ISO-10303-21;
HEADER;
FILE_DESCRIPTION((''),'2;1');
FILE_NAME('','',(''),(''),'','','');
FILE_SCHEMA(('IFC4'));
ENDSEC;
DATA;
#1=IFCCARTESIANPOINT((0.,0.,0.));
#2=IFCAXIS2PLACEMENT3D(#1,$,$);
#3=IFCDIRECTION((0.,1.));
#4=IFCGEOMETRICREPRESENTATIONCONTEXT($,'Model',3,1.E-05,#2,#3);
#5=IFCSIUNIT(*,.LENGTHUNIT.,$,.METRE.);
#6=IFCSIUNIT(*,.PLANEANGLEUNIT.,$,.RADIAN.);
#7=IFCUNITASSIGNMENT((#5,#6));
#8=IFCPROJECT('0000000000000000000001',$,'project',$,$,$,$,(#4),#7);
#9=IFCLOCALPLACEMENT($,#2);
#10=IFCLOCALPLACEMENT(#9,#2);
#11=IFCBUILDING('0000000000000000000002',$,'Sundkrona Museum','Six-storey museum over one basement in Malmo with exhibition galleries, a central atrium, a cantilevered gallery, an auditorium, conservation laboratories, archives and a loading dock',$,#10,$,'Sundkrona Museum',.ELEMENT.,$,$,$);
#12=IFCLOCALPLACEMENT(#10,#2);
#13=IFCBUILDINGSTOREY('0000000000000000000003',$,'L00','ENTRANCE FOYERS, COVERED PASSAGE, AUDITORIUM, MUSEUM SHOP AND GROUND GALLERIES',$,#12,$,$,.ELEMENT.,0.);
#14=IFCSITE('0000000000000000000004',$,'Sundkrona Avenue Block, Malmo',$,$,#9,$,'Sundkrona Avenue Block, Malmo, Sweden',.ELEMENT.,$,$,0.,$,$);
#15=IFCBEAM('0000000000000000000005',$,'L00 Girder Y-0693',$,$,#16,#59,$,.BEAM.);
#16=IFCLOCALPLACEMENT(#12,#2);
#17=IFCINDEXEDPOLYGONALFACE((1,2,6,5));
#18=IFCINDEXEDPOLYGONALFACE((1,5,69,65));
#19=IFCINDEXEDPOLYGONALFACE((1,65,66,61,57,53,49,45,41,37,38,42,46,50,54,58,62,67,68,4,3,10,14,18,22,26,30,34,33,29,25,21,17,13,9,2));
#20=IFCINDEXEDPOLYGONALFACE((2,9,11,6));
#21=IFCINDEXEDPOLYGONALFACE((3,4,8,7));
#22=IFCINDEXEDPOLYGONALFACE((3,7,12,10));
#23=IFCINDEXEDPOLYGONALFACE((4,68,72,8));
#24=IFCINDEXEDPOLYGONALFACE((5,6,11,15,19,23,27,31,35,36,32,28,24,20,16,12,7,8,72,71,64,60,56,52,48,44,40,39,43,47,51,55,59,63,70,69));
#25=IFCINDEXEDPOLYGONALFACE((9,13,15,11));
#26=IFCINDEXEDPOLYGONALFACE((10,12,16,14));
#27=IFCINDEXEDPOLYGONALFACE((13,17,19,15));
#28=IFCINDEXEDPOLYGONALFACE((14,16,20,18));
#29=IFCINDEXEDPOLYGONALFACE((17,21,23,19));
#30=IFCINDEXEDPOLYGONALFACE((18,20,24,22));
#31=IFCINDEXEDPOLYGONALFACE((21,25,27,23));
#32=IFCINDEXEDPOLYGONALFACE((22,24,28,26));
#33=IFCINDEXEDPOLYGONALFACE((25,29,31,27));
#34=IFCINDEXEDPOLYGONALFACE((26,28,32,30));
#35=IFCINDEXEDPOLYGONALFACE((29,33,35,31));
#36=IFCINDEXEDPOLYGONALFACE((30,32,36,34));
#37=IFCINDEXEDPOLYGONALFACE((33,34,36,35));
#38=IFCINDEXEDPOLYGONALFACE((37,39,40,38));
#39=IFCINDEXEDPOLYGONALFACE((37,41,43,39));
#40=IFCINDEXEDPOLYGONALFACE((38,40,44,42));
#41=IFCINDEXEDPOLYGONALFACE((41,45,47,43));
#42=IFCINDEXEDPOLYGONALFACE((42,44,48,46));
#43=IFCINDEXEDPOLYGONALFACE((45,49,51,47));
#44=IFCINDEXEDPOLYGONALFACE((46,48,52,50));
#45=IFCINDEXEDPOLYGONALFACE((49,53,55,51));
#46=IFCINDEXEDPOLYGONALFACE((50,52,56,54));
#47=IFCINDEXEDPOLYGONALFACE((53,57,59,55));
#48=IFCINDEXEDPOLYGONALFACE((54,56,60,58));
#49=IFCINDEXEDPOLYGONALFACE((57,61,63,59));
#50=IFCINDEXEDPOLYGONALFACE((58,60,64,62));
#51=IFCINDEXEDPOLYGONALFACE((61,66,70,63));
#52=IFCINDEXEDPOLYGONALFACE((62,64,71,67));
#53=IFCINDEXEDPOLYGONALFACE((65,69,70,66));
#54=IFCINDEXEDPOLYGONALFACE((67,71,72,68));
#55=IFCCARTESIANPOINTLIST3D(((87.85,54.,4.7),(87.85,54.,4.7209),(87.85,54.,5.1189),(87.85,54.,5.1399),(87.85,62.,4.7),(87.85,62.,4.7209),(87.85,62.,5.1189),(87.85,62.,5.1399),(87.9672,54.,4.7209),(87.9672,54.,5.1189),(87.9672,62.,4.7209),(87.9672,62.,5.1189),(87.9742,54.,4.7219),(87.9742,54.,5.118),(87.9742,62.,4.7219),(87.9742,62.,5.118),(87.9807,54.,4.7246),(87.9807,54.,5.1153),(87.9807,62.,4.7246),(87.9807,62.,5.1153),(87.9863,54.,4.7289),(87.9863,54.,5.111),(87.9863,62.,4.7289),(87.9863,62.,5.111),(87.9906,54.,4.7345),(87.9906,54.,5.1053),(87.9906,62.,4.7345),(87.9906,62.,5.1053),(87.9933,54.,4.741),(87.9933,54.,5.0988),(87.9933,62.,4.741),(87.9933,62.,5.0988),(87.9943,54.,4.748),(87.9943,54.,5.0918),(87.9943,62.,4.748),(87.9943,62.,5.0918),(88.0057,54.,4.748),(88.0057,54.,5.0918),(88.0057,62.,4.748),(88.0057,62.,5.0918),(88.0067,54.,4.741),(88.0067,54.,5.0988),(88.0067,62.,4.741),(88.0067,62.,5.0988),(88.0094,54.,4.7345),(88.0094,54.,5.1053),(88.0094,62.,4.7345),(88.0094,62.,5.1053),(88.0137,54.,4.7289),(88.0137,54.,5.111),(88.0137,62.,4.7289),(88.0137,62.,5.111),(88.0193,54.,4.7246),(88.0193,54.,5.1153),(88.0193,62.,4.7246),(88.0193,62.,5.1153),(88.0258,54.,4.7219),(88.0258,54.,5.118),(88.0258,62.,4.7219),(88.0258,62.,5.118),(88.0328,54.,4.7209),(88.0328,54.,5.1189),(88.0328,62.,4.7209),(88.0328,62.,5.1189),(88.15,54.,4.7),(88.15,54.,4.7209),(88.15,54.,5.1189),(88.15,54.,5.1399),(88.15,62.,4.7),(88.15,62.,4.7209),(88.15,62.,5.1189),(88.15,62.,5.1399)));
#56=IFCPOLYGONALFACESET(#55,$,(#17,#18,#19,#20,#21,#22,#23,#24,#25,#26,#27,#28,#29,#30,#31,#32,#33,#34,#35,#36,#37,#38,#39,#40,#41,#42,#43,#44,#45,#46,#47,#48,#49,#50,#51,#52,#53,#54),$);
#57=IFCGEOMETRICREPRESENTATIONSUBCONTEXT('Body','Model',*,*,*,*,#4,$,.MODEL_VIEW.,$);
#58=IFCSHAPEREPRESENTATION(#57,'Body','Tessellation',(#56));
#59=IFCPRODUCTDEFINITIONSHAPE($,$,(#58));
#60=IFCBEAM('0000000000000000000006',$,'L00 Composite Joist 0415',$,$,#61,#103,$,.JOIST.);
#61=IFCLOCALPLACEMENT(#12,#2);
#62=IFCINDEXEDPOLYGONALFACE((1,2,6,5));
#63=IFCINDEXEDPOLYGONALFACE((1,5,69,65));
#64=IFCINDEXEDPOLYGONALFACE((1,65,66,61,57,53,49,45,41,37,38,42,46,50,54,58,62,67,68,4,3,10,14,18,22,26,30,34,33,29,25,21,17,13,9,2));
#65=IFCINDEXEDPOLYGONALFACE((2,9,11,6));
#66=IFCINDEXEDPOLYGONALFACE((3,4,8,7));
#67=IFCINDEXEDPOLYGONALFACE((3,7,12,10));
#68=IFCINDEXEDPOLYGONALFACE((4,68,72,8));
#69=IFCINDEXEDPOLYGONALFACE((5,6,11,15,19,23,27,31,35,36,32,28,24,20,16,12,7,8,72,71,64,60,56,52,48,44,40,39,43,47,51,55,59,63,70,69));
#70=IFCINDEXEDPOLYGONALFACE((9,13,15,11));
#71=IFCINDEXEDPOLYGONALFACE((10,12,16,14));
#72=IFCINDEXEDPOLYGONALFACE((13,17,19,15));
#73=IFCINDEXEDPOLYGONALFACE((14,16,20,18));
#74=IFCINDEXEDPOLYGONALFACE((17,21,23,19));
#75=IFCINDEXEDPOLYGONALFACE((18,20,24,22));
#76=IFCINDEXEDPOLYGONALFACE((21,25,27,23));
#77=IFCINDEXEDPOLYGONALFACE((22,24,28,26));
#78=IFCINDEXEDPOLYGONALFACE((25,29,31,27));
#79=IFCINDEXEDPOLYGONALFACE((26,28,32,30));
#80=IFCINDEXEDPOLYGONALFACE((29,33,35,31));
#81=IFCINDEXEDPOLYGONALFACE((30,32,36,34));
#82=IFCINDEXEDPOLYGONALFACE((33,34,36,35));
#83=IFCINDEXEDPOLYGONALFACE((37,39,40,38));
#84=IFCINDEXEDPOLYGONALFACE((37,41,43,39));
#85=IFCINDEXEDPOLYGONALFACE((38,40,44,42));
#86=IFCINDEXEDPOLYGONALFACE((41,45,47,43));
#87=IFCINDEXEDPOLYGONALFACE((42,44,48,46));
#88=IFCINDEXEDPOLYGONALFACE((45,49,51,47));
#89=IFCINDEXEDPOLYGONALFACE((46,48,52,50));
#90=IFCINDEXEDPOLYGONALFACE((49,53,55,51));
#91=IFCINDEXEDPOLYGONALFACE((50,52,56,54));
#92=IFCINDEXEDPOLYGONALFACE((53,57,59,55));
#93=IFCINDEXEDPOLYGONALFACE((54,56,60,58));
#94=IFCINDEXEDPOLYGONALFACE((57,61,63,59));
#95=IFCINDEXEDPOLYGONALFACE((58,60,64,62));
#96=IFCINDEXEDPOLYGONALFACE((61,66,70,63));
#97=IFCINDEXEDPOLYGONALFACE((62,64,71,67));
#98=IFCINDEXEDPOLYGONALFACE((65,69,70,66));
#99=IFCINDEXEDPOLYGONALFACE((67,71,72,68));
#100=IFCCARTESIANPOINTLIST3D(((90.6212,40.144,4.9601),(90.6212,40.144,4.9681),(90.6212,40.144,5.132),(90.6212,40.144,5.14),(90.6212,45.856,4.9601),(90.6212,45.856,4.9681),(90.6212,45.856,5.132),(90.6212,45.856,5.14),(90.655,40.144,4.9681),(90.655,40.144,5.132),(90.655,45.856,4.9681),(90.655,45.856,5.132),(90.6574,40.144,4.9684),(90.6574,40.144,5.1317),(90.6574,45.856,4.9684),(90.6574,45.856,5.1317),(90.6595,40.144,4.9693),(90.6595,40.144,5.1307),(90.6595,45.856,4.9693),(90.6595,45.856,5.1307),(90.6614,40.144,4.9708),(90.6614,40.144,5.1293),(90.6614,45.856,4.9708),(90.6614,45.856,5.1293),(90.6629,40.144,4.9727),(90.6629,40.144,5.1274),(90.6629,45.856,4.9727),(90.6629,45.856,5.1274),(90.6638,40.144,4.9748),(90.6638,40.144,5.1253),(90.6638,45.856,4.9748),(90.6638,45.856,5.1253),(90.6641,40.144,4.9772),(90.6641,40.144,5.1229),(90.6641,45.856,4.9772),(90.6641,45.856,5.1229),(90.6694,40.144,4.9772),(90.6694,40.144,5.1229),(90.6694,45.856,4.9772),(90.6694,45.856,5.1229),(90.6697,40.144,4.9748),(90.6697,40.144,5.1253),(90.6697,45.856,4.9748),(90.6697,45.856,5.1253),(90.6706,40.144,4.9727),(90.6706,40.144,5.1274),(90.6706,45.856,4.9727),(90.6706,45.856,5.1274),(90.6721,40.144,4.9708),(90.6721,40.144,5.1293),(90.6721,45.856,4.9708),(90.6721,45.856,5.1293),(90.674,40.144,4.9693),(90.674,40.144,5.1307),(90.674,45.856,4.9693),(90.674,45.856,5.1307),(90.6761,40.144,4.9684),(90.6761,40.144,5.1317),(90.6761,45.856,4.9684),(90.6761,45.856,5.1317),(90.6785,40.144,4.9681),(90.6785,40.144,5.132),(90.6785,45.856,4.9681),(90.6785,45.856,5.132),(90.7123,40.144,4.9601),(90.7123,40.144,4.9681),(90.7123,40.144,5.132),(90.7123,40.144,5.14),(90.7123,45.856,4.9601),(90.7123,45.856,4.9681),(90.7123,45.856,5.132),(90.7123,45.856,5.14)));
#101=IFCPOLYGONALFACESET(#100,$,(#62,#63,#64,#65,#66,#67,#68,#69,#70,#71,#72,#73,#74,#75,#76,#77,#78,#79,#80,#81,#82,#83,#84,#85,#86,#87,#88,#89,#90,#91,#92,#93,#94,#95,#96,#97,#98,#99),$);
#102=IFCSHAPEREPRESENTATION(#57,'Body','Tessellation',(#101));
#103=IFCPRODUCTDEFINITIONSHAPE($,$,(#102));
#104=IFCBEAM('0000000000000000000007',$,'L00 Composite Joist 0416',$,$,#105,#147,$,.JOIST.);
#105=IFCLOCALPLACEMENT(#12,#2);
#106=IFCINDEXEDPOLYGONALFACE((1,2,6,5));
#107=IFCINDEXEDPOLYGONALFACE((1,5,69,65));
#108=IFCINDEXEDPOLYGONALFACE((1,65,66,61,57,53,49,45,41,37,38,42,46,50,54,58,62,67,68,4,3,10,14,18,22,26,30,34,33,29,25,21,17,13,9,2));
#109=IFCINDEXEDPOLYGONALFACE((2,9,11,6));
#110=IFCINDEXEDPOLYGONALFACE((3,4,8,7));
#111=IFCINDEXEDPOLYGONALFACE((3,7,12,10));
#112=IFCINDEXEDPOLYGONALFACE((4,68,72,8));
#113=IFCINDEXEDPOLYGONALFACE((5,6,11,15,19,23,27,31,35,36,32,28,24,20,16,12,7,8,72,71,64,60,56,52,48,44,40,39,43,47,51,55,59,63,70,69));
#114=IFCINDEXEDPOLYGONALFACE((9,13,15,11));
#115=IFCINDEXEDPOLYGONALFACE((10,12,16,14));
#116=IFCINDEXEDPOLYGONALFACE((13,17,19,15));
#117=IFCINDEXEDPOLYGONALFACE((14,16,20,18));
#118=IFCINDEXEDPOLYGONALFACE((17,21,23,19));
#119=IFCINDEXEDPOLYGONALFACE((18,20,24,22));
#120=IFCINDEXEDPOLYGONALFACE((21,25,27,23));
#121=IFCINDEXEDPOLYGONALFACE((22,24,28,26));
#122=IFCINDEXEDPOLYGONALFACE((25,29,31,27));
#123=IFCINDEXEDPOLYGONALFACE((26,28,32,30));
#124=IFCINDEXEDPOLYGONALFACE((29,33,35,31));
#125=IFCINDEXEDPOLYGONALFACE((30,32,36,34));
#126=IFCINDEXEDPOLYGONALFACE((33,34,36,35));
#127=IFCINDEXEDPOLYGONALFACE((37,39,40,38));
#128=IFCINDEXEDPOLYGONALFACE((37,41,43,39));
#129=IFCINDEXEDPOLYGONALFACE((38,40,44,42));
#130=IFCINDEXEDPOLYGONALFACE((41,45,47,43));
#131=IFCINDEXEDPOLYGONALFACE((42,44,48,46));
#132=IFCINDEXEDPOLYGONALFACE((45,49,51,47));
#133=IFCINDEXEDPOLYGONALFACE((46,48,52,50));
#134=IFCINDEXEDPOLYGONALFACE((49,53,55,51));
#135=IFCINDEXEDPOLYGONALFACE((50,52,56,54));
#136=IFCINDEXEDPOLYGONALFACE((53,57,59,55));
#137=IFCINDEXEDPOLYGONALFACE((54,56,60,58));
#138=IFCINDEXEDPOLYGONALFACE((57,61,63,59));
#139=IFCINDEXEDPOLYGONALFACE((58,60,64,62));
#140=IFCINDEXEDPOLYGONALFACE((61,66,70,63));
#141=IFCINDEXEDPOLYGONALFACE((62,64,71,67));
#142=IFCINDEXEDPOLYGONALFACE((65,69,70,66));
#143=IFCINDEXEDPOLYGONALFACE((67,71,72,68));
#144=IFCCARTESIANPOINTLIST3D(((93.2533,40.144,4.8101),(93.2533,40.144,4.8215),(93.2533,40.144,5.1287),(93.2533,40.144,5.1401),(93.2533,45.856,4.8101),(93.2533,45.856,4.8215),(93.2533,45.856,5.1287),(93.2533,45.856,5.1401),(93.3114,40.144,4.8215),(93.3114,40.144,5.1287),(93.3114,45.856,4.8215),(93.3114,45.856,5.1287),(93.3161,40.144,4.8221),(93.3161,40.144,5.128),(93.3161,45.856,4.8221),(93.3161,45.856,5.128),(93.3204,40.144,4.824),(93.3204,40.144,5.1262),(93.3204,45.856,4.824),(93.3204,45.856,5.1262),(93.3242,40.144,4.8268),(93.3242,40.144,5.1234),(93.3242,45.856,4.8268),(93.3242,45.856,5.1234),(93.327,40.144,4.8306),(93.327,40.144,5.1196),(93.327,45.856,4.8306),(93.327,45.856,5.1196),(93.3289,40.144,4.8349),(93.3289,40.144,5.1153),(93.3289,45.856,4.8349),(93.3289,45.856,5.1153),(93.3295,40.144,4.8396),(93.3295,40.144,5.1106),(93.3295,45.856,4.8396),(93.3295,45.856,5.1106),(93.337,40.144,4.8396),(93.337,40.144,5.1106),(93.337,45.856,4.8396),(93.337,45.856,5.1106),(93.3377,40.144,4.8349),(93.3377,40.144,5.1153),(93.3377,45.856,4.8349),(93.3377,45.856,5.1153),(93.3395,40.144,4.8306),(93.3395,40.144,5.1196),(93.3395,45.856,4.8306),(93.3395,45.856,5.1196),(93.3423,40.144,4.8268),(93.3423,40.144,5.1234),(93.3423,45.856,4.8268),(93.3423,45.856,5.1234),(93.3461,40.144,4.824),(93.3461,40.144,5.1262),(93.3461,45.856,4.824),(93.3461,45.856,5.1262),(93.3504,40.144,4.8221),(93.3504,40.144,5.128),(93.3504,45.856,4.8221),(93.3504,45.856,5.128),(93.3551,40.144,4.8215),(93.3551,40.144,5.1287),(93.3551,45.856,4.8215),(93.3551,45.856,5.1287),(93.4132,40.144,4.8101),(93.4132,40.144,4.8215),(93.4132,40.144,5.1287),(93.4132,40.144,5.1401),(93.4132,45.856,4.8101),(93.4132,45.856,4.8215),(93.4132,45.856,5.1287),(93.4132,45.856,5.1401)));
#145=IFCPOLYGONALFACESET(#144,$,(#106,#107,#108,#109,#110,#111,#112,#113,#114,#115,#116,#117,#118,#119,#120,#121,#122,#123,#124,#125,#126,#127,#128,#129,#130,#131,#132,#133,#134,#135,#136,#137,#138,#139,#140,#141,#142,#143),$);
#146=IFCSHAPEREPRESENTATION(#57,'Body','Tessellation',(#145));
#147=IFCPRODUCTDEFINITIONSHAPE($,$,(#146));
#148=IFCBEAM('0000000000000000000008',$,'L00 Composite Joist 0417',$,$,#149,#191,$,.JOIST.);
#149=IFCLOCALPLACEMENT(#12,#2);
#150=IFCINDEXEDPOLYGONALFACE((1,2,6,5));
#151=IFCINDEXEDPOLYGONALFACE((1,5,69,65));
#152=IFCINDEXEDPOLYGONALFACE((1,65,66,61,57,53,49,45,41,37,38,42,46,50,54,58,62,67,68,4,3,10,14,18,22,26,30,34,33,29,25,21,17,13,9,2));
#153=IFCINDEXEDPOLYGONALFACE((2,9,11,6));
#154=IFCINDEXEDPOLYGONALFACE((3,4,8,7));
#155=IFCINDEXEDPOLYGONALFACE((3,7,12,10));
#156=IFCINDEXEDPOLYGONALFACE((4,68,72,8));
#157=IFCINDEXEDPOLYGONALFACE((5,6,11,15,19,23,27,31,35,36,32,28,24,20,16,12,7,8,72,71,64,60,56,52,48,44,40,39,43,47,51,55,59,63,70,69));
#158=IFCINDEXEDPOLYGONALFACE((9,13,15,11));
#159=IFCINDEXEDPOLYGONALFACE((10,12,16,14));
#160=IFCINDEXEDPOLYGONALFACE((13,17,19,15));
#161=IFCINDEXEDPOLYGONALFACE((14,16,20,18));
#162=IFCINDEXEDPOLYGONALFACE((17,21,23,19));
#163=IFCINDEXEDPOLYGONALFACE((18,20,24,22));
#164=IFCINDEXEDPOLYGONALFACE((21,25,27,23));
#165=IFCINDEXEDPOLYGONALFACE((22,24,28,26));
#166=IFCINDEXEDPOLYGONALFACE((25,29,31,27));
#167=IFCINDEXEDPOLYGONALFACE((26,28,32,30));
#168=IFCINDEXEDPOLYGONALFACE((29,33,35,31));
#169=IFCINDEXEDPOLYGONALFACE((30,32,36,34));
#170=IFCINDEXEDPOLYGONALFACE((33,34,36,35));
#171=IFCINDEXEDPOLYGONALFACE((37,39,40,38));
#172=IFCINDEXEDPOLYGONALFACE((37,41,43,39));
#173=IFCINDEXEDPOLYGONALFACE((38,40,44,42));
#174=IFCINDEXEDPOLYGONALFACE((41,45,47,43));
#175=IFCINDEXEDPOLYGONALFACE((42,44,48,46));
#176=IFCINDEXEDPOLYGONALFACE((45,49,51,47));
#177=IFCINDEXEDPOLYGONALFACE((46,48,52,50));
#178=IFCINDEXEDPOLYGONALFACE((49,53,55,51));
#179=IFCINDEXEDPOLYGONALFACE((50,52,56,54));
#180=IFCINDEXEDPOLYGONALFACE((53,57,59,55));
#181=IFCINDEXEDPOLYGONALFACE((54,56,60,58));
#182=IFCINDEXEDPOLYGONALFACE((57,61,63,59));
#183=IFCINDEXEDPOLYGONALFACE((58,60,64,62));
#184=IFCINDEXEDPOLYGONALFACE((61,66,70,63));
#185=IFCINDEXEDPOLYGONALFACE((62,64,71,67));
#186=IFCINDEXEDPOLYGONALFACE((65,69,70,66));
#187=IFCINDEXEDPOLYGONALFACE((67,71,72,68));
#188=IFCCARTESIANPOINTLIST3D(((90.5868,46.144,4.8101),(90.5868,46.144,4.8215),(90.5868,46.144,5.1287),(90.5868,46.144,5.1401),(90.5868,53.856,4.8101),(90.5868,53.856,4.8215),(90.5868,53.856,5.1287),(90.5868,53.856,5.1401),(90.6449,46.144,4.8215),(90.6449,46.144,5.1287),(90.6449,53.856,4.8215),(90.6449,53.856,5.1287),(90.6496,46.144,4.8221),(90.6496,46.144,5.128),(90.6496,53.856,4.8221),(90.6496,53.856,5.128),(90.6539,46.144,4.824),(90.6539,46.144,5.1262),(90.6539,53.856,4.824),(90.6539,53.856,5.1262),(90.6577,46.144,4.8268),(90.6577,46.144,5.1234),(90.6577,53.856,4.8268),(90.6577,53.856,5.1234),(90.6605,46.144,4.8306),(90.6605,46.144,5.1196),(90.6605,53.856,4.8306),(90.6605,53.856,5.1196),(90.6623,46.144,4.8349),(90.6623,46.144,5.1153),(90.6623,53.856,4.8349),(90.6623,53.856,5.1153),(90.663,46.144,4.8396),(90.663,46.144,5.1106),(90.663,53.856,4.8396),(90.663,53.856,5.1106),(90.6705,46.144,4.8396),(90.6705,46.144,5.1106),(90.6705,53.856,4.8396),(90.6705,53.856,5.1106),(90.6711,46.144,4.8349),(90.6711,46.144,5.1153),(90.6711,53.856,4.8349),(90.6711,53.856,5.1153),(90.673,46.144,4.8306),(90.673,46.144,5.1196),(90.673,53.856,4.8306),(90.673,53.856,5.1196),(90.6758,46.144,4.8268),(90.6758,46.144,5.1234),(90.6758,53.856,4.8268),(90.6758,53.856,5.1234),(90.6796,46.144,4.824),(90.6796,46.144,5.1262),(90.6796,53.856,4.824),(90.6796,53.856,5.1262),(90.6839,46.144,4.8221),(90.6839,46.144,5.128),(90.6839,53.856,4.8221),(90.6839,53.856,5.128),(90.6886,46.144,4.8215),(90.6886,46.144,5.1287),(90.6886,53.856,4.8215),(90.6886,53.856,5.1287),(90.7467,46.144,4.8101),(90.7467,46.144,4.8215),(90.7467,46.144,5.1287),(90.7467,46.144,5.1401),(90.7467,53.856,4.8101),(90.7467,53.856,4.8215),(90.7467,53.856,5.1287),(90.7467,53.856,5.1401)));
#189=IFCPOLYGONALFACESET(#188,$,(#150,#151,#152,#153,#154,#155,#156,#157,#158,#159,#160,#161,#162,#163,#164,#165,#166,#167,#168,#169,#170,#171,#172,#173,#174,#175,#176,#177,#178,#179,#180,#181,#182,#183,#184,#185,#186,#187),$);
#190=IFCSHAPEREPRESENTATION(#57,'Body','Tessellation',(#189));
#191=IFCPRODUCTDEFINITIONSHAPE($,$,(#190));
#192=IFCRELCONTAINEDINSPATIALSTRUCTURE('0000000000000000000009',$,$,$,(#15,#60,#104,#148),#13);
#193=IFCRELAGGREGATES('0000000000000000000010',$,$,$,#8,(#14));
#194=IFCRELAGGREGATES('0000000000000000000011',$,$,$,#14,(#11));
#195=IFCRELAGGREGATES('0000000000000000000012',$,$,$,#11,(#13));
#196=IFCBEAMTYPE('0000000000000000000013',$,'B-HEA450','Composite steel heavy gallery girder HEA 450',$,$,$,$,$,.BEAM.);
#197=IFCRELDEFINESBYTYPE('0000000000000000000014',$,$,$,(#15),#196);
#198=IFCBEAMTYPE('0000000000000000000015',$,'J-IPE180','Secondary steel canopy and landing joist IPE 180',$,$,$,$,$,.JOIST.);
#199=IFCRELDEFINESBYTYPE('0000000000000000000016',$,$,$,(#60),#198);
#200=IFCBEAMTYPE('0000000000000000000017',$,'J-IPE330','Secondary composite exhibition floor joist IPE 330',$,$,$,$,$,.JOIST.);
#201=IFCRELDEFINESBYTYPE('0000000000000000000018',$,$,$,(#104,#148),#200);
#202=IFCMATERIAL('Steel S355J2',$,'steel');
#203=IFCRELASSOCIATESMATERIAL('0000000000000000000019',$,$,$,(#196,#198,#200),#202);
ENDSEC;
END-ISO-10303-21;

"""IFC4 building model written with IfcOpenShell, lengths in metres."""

from ifc_helpers import new_model, si_unit, direction, frame, origin, origin_2d, place, context, subcontext, project, spatial, i_section, extrude, material, material_profile, profile_set, type_object, element, save


model = new_model("IFC4")

# Units and contexts
model_context = context("Model", 3, precision=1e-05, world=origin(), true_north=direction((0.0, 1.0)))
body_context = subcontext(model_context, "Body", "Model", "MODEL_VIEW")
ifc_project = project(units=[si_unit("LENGTHUNIT", "METRE"), si_unit("PLANEANGLEUNIT", "RADIAN")], contexts=[model_context])

# Site, building, storey
site_placement = place(None, origin())
site = spatial("IfcSite", under=ifc_project, at=site_placement, Name="Sundkrona Avenue Block, Malmo", LongName="Sundkrona Avenue Block, Malmo, Sweden", CompositionType="ELEMENT", RefElevation=0.0)
building_placement = place(site_placement, origin())
building = spatial("IfcBuilding", under=site, at=building_placement, Name="Sundkrona Museum", Description="Six-storey museum over one basement in Malmo with exhibition galleries, a central atrium, a cantilevered gallery, an auditorium, conservation laboratories, archives and a loading dock", LongName="Sundkrona Museum", CompositionType="ELEMENT")
storey_placement = place(building_placement, origin())
storey = spatial("IfcBuildingStorey", under=building, at=storey_placement, Name="L00", Description="ENTRANCE FOYERS, COVERED PASSAGE, AUDITORIUM, MUSEUM SHOP AND GROUND GALLERIES", CompositionType="ELEMENT", Elevation=0.0)

# Shared definitions
ifc_material_1 = material(Name="Steel S355J2", Category="steel")

# Beams
ifc_material_profile_1 = material_profile(ifc_material_1, i_section(OverallWidth=0.3, OverallDepth=0.4399, WebThickness=0.0115, FlangeThickness=0.021, FilletRadius=0.0271, at=origin_2d()), Name="HEA 450")
ifc_profile_set_1 = profile_set([ifc_material_profile_1], Name="Steel S355J2")
beam_type_1 = type_object("IfcBeamType", Name="B-HEA450", Description="Composite steel heavy gallery girder HEA 450", PredefinedType="BEAM", material=ifc_profile_set_1)
for number, where, z_axis, x_axis, name in (
    (1, (88.0, 54.0, 4.9199), (0.0, 1.0, 0.0), (-1.0, 0.0, 0.0), "L00 Girder Y-0693"),
):
    element("IfcBeam", number, at=place(storey_placement, frame(where, z_axis=z_axis, x_axis=x_axis)), inside=storey, type_object=beam_type_1, Name=name, PredefinedType="BEAM", context=body_context, shape_type="SweptSolid", body=[
        extrude(i_section(OverallWidth=0.3, OverallDepth=0.4399, WebThickness=0.0115, FlangeThickness=0.021, FilletRadius=0.0271, at=origin_2d()), origin(), (0.0, 0.0, 1.0), 8.0),
    ])
ifc_material_profile_2 = material_profile(ifc_material_1, i_section(OverallWidth=0.0911, OverallDepth=0.1799, WebThickness=0.0054, FlangeThickness=0.0081, FilletRadius=0.009, at=origin_2d()), Name="IPE 180")
ifc_profile_set_2 = profile_set([ifc_material_profile_2], Name="Steel S355J2")
beam_type_2 = type_object("IfcBeamType", Name="J-IPE180", Description="Secondary steel canopy and landing joist IPE 180", PredefinedType="JOIST", material=ifc_profile_set_2)
beam_1_placement = place(storey_placement, frame((90.6667, 40.144, 5.05), z_axis=(0.0, 1.0, 0.0), x_axis=(-1.0, 0.0, 0.0)))
element("IfcBeam", 2, at=beam_1_placement, inside=storey, type_object=beam_type_2, Name="L00 Composite Joist 0415", PredefinedType="JOIST", context=body_context, shape_type="SweptSolid", body=[
    extrude(i_section(OverallWidth=0.0911, OverallDepth=0.1799, WebThickness=0.0054, FlangeThickness=0.0081, FilletRadius=0.009, at=origin_2d()), origin(), (0.0, 0.0, 1.0), 5.7119),
])
ifc_material_profile_3 = material_profile(ifc_material_1, i_section(OverallWidth=0.1599, OverallDepth=0.3301, WebThickness=0.0076, FlangeThickness=0.0115, FilletRadius=0.0181, at=origin_2d()), Name="IPE 330")
ifc_profile_set_3 = profile_set([ifc_material_profile_3], Name="Steel S355J2")
beam_type_3 = type_object("IfcBeamType", Name="J-IPE330", Description="Secondary composite exhibition floor joist IPE 330", PredefinedType="JOIST", material=ifc_profile_set_3)
beam_2_placement = place(storey_placement, frame((93.3333, 40.144, 4.9751), z_axis=(0.0, 1.0, 0.0), x_axis=(-1.0, 0.0, 0.0)))
element("IfcBeam", 3, at=beam_2_placement, inside=storey, type_object=beam_type_3, Name="L00 Composite Joist 0416", PredefinedType="JOIST", context=body_context, shape_type="SweptSolid", body=[
    extrude(i_section(OverallWidth=0.1599, OverallDepth=0.3301, WebThickness=0.0076, FlangeThickness=0.0115, FilletRadius=0.0181, at=origin_2d()), origin(), (0.0, 0.0, 1.0), 5.7119),
])
for number, where, z_axis, x_axis, name in (
    (4, (90.6667, 46.144, 4.9751), (0.0, 1.0, 0.0), (-1.0, 0.0, 0.0), "L00 Composite Joist 0417"),
):
    element("IfcBeam", number, at=place(storey_placement, frame(where, z_axis=z_axis, x_axis=x_axis)), inside=storey, type_object=beam_type_3, Name=name, PredefinedType="JOIST", context=body_context, shape_type="SweptSolid", body=[
        extrude(i_section(OverallWidth=0.1599, OverallDepth=0.3301, WebThickness=0.0076, FlangeThickness=0.0115, FilletRadius=0.0181, at=origin_2d()), origin(), (0.0, 0.0, 1.0), 7.7119),
    ])

save(model, "model.ifc")
